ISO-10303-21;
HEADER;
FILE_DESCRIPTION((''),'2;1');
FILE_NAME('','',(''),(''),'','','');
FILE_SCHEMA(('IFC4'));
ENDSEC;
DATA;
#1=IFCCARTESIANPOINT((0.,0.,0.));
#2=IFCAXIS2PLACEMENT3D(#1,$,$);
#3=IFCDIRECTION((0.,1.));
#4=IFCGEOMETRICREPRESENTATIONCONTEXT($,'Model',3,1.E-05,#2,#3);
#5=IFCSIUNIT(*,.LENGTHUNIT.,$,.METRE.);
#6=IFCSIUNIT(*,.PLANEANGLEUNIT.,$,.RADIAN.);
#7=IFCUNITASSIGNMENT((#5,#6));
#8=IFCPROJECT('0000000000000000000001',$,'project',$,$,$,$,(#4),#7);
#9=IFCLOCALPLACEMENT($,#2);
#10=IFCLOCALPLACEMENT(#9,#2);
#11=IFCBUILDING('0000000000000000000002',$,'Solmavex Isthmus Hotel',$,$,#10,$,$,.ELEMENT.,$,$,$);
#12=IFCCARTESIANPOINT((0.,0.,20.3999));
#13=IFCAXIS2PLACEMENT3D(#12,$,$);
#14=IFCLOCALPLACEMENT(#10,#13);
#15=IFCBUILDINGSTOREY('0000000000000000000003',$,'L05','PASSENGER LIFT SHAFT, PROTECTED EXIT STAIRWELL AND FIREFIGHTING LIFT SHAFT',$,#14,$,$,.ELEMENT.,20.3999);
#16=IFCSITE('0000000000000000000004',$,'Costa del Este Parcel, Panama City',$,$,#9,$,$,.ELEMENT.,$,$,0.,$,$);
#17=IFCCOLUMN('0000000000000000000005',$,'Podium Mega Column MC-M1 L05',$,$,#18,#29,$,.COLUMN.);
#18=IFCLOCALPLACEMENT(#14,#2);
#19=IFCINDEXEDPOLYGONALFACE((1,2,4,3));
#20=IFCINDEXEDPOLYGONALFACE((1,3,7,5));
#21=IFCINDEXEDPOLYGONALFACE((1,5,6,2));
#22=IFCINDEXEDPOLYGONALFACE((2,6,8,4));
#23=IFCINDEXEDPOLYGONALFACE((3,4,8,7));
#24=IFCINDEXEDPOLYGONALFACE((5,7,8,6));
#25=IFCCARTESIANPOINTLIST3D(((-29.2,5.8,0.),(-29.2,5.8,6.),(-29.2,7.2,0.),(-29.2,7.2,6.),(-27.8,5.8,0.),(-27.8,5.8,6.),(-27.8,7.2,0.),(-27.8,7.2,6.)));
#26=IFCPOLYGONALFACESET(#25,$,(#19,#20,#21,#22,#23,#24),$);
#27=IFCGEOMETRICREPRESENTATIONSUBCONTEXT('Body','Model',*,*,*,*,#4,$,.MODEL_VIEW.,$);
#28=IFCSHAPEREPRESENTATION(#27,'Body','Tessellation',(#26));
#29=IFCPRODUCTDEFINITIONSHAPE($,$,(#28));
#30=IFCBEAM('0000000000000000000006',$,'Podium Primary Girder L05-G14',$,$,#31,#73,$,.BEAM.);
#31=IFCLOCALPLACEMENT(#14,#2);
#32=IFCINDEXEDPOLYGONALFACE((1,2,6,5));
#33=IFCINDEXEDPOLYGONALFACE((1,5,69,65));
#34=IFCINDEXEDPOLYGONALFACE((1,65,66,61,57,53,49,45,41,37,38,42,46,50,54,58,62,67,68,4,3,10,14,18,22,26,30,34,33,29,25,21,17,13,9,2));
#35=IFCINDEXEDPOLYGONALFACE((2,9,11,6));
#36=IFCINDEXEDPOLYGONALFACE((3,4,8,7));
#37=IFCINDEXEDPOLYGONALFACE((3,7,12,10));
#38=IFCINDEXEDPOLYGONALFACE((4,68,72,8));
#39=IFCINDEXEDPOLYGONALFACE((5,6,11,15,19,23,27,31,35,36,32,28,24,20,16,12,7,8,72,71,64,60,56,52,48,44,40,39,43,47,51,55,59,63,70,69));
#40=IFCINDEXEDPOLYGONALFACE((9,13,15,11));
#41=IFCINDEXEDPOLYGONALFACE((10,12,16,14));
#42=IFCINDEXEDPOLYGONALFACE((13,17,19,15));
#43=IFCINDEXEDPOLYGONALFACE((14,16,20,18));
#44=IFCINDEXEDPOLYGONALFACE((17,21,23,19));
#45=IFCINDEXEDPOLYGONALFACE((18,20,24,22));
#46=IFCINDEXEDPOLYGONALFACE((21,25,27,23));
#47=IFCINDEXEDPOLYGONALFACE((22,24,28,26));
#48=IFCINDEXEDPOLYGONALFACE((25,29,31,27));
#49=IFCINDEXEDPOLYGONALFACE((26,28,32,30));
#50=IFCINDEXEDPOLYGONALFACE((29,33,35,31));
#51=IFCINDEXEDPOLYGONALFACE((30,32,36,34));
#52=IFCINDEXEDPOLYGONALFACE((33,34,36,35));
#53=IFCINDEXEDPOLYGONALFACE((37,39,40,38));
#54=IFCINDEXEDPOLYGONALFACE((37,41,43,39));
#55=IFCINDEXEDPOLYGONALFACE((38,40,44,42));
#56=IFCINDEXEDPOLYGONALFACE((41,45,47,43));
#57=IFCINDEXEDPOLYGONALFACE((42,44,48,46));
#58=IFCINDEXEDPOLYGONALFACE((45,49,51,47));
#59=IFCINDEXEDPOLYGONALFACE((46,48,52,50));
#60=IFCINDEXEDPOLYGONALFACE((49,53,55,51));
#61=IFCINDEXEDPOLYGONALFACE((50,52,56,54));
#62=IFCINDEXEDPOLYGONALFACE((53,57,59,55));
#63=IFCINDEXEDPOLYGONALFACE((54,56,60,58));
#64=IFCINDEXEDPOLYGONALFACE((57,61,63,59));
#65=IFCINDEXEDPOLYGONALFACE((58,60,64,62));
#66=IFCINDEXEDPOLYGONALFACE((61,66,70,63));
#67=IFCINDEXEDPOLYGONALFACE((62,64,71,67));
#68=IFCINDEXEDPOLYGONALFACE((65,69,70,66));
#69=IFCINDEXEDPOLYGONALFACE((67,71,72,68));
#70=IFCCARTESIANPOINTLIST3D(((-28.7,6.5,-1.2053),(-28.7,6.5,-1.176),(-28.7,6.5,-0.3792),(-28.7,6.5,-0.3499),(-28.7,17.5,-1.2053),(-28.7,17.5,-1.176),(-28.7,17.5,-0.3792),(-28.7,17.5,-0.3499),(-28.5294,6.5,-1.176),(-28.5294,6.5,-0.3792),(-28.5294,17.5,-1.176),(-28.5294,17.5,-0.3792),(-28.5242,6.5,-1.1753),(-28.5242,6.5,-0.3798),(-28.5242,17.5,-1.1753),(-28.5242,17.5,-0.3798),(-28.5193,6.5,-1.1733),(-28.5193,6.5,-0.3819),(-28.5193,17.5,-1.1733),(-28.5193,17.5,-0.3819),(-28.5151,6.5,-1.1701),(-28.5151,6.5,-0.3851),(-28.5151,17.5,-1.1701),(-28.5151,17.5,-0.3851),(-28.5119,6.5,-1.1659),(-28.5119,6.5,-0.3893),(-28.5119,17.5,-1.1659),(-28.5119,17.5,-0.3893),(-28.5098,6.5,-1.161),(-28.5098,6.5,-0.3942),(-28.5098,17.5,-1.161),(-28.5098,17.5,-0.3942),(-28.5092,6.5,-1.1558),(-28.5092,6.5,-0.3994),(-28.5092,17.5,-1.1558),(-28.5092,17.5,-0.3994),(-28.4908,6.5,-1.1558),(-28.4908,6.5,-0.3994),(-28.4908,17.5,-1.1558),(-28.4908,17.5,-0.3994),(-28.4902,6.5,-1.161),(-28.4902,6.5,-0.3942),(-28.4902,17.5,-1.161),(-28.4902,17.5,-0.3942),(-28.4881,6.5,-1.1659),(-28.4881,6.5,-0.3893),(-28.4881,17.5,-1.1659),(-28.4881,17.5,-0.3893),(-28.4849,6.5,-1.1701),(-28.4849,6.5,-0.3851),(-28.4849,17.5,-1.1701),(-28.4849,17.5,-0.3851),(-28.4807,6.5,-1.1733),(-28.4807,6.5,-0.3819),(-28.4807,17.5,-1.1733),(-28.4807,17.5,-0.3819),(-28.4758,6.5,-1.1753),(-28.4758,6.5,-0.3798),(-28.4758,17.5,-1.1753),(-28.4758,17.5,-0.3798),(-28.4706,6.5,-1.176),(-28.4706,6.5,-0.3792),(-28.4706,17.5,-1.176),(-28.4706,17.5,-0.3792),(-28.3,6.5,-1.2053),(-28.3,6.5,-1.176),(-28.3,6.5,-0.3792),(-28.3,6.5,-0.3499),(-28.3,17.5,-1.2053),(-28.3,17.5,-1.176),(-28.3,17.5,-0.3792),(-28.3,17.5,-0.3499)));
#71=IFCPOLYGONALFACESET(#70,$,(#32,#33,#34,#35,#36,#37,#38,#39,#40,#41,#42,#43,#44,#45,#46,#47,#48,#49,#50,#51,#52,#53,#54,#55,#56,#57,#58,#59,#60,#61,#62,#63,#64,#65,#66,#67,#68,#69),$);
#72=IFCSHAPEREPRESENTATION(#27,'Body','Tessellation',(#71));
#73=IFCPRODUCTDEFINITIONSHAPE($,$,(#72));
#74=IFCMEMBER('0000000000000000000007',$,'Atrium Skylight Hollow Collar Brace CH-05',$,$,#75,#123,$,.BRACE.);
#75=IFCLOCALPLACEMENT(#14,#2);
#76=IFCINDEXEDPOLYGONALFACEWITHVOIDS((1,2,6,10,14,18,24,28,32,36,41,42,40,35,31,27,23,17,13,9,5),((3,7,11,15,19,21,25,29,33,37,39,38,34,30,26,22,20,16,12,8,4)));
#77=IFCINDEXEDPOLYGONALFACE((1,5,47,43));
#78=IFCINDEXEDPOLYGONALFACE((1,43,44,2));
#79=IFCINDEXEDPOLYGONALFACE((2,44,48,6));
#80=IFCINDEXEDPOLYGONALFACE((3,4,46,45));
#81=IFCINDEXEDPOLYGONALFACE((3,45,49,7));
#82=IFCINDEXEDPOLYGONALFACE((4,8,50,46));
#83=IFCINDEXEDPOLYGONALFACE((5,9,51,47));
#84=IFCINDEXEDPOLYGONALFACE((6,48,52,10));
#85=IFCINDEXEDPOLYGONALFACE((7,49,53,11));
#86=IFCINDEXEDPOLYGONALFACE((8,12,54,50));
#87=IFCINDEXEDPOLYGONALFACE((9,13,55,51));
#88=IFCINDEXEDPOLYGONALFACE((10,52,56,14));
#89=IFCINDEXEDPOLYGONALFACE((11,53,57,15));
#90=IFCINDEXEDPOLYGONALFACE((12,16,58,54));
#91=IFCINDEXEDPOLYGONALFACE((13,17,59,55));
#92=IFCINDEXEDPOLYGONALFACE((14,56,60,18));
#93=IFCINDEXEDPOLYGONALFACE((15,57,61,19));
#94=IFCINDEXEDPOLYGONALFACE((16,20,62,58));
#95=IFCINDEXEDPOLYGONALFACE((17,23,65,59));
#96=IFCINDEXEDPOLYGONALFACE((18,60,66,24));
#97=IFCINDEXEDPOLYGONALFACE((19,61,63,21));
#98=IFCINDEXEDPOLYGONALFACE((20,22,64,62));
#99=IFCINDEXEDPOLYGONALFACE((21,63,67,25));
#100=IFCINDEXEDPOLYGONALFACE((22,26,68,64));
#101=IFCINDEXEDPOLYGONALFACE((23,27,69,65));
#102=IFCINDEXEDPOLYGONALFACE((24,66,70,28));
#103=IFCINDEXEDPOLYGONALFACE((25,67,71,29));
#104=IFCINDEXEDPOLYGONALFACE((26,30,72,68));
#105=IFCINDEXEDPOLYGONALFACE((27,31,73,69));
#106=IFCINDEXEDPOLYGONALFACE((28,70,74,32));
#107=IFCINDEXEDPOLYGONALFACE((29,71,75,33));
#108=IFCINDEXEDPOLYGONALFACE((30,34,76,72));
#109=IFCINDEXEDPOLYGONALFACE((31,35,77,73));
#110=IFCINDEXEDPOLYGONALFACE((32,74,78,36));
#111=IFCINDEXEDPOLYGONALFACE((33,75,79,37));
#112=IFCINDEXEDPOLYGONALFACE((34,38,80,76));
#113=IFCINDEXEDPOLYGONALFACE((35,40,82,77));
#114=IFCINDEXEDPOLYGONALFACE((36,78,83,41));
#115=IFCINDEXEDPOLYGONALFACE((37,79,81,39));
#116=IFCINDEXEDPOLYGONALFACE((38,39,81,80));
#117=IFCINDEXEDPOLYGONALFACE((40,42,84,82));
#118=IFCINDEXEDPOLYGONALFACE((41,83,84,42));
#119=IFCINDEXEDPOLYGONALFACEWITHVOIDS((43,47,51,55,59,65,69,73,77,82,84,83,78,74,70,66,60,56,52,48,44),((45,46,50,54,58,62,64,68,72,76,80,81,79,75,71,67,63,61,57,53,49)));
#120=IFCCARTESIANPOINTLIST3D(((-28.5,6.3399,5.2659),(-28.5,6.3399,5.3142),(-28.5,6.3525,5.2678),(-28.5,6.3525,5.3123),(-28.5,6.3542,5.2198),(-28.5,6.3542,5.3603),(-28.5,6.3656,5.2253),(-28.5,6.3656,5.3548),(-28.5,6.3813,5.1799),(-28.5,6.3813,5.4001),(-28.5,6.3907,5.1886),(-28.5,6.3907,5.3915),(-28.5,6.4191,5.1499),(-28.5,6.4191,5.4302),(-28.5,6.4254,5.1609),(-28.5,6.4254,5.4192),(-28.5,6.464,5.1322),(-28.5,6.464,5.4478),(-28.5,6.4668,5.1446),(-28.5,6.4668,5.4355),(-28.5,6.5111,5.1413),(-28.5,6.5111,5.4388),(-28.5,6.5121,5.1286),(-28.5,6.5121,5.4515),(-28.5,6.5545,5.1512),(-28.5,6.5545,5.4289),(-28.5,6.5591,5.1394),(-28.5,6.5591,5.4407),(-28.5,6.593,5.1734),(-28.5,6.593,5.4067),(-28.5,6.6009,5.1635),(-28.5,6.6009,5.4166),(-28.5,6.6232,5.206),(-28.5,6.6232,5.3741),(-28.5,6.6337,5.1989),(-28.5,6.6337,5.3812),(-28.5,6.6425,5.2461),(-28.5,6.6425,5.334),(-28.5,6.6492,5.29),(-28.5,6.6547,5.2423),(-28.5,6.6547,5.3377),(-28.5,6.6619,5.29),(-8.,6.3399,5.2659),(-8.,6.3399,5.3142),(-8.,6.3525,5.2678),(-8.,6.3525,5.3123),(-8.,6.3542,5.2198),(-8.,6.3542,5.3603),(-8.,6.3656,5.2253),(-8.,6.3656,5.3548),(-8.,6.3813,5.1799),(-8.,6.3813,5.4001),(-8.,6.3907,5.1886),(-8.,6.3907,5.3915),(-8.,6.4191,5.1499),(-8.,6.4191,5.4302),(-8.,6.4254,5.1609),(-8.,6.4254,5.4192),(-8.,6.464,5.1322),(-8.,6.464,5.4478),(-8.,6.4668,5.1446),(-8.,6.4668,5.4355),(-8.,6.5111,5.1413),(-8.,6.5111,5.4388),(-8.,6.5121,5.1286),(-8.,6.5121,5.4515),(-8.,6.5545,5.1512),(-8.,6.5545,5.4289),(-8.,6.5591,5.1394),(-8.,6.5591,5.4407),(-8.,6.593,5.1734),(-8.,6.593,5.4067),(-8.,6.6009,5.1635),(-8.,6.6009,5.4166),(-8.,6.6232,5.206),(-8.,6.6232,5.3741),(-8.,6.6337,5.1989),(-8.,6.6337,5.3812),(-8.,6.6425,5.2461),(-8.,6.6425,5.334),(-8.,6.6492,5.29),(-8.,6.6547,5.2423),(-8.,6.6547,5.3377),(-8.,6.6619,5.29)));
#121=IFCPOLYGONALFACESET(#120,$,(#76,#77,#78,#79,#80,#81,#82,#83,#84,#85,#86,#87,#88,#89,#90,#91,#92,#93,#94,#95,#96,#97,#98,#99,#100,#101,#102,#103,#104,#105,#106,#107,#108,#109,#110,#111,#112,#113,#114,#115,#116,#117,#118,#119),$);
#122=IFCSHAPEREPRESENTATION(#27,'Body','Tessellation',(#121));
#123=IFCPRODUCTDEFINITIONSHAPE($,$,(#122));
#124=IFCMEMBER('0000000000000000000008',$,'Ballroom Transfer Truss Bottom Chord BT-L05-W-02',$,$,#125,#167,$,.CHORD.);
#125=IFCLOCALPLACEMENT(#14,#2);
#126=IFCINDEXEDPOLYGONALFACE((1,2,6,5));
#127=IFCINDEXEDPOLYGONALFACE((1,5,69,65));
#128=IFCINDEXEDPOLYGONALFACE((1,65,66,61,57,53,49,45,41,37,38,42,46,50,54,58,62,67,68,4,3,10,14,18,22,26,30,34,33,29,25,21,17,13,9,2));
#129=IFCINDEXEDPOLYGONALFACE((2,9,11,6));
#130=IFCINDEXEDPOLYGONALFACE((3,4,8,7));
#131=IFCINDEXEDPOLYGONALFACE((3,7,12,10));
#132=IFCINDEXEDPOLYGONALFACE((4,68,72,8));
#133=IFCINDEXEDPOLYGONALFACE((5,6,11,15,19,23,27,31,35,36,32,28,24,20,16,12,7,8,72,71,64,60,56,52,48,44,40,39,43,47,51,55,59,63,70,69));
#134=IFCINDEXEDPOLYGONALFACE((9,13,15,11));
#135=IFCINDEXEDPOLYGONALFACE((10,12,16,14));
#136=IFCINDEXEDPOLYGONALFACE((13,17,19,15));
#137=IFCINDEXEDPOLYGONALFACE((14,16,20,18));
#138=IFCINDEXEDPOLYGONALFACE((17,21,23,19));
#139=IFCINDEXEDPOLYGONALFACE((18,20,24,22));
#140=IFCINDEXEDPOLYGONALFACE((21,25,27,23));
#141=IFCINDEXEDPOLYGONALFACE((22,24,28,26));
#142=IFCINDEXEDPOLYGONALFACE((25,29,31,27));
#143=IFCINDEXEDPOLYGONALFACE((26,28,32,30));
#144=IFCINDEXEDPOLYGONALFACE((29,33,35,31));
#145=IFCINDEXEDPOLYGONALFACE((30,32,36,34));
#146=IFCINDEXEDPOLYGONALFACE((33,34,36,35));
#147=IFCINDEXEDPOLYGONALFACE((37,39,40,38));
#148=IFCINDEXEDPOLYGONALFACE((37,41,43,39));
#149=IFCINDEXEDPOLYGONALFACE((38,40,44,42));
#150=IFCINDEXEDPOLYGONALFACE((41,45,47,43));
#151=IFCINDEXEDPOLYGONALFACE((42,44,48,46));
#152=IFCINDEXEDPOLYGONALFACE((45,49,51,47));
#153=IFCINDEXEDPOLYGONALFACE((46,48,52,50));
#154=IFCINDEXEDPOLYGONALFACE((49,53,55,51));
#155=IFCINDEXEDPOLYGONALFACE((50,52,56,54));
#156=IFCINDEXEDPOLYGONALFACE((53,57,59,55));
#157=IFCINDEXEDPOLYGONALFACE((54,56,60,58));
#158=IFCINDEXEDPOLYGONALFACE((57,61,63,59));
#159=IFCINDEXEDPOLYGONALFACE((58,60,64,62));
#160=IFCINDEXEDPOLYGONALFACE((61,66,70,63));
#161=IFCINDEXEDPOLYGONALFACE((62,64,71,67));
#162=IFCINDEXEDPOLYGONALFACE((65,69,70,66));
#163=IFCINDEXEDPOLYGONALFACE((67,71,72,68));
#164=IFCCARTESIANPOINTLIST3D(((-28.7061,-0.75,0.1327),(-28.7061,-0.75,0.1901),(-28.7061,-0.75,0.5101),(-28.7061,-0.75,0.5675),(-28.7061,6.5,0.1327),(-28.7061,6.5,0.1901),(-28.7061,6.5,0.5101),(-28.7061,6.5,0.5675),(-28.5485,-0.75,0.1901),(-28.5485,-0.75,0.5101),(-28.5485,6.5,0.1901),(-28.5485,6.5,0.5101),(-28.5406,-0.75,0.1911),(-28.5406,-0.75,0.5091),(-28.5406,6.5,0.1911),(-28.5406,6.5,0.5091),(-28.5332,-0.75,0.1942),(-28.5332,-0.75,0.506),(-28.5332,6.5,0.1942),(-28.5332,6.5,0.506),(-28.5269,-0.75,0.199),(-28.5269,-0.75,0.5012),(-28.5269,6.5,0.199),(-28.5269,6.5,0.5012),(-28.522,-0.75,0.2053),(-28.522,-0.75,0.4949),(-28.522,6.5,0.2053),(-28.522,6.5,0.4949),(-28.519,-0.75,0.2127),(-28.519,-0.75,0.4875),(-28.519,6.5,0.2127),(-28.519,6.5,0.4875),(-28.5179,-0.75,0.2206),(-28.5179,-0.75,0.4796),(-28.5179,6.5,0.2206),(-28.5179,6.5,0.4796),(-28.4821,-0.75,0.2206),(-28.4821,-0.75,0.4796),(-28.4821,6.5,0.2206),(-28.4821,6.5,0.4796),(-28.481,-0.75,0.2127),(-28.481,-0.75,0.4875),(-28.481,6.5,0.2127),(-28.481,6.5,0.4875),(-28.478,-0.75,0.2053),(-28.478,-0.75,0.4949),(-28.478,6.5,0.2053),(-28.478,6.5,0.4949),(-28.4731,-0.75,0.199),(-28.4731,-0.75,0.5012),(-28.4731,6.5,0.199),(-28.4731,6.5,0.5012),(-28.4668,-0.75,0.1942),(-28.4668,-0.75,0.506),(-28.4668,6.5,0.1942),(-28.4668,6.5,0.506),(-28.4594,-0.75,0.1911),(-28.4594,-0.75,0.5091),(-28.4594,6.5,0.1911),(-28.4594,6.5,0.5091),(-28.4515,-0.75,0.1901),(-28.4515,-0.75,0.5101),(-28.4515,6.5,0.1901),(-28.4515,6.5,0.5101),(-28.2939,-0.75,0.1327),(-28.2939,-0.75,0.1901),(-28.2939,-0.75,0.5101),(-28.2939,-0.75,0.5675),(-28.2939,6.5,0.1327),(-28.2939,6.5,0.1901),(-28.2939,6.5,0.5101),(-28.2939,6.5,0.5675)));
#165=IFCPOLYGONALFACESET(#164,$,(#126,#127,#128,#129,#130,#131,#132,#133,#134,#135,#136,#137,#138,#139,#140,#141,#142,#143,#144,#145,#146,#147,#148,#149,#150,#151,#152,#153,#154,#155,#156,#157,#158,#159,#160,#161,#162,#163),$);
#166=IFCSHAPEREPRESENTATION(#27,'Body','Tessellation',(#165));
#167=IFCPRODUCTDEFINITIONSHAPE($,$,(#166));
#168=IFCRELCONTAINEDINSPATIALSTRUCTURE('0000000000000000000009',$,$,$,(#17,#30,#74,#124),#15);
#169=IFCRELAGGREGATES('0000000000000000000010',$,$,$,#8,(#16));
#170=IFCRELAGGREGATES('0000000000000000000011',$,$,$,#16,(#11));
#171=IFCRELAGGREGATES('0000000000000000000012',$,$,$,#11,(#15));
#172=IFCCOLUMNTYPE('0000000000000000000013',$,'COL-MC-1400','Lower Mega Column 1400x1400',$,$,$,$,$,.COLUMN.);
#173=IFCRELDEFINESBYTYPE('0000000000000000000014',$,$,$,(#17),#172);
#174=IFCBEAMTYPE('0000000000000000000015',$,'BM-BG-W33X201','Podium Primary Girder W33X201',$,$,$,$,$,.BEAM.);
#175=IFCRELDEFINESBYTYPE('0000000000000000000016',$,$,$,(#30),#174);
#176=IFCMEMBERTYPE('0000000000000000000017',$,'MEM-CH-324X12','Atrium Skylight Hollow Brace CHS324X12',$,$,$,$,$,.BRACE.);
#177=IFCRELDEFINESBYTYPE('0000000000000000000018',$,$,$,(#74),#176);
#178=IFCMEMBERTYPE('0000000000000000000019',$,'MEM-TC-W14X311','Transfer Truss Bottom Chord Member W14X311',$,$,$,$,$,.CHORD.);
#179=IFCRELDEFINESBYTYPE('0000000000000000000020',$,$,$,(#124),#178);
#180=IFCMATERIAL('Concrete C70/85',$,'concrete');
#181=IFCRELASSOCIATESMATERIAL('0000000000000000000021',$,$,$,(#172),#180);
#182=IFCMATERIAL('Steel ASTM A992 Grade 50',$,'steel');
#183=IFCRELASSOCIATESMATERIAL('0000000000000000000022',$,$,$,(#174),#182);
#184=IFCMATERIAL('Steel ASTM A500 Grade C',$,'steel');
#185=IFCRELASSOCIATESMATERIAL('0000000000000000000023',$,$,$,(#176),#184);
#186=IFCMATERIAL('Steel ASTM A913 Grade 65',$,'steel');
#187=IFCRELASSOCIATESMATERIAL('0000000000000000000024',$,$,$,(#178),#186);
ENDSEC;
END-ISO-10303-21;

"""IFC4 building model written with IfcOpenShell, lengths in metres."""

from ifc_helpers import new_model, si_unit, direction, frame, origin, origin_2d, place, context, subcontext, project, spatial, rectangle, hollow_circle, i_section, extrude, material, material_profile, profile_set, type_object, element, save


model = new_model("IFC4")

# Units and contexts
model_context = context("Model", 3, precision=1e-05, world=origin(), true_north=direction((0.0, 1.0)))
body_context = subcontext(model_context, "Body", "Model", "MODEL_VIEW")
ifc_project = project(units=[si_unit("LENGTHUNIT", "METRE"), si_unit("PLANEANGLEUNIT", "RADIAN")], contexts=[model_context])

# Site, building, storey
site_placement = place(None, origin())
site = spatial("IfcSite", under=ifc_project, at=site_placement, Name="Costa del Este Parcel, Panama City", CompositionType="ELEMENT", RefElevation=0.0)
building_placement = place(site_placement, origin())
building = spatial("IfcBuilding", under=site, at=building_placement, Name="Solmavex Isthmus Hotel", CompositionType="ELEMENT")
storey_placement = place(building_placement, frame((0.0, 0.0, 20.3999)))
storey = spatial("IfcBuildingStorey", under=building, at=storey_placement, Name="L05", Description="PASSENGER LIFT SHAFT, PROTECTED EXIT STAIRWELL AND FIREFIGHTING LIFT SHAFT", CompositionType="ELEMENT", Elevation=20.3999)

# Column
ifc_material_1 = material(Name="Concrete C70/85", Category="concrete")
ifc_material_profile_1 = material_profile(ifc_material_1, rectangle(XDim=1.3999, YDim=1.3999, at=origin_2d()), Name="RC1400X1400")
ifc_profile_set_1 = profile_set([ifc_material_profile_1], Name="Concrete C70/85")
column_type = type_object("IfcColumnType", Name="COL-MC-1400", Description="Lower Mega Column 1400x1400", PredefinedType="COLUMN", material=ifc_profile_set_1)
column_placement = place(storey_placement, frame((-28.5, 6.5, 0.0), z_axis=(0.0, 0.0, 1.0), x_axis=(1.0, 0.0, 0.0)))
element("IfcColumn", 1, at=column_placement, inside=storey, type_object=column_type, Name="Podium Mega Column MC-M1 L05", PredefinedType="COLUMN", context=body_context, shape_type="SweptSolid", body=[
    extrude(rectangle(XDim=1.3999, YDim=1.3999, at=origin_2d()), origin(), (0.0, 0.0, 1.0), 6.0),
])

# Beam
ifc_material_2 = material(Name="Steel ASTM A992 Grade 50", Category="steel")
ifc_material_profile_2 = material_profile(ifc_material_2, i_section(OverallWidth=0.3999, OverallDepth=0.8555, WebThickness=0.0183, FlangeThickness=0.0293, FilletRadius=0.0203, at=origin_2d()), Name="W33X201")
ifc_profile_set_2 = profile_set([ifc_material_profile_2], Name="Steel ASTM A992 Grade 50")
beam_type = type_object("IfcBeamType", Name="BM-BG-W33X201", Description="Podium Primary Girder W33X201", PredefinedType="BEAM", material=ifc_profile_set_2)
beam_placement = place(storey_placement, frame((-28.5, 6.5, -0.7776), z_axis=(0.0, 1.0, 0.0), x_axis=(-1.0, 0.0, 0.0)))
element("IfcBeam", 2, at=beam_placement, inside=storey, type_object=beam_type, Name="Podium Primary Girder L05-G14", PredefinedType="BEAM", context=body_context, shape_type="SweptSolid", body=[
    extrude(i_section(OverallWidth=0.3999, OverallDepth=0.8555, WebThickness=0.0183, FlangeThickness=0.0293, FilletRadius=0.0203, at=origin_2d()), origin(), (0.0, 0.0, 1.0), 11.0),
])

# Members
ifc_material_3 = material(Name="Steel ASTM A500 Grade C", Category="steel")
ifc_material_profile_3 = material_profile(ifc_material_3, hollow_circle(Radius=0.1619, WallThickness=0.0127, at=origin_2d()), Name="CHS324X12")
ifc_profile_set_3 = profile_set([ifc_material_profile_3], Name="Steel ASTM A500 Grade C")
member_type_1 = type_object("IfcMemberType", Name="MEM-CH-324X12", Description="Atrium Skylight Hollow Brace CHS324X12", PredefinedType="BRACE", material=ifc_profile_set_3)
member_1_placement = place(storey_placement, frame((-28.5, 6.5, 5.29), z_axis=(1.0, 0.0, 0.0), x_axis=(0.0, 1.0, 0.0)))
element("IfcMember", 3, at=member_1_placement, inside=storey, type_object=member_type_1, Name="Atrium Skylight Hollow Collar Brace CH-05", PredefinedType="BRACE", context=body_context, shape_type="SweptSolid", body=[
    extrude(hollow_circle(Radius=0.1619, WallThickness=0.0127, at=origin_2d()), origin(), (0.0, 0.0, 1.0), 20.5),
])
ifc_material_4 = material(Name="Steel ASTM A913 Grade 65", Category="steel")
ifc_material_profile_4 = material_profile(ifc_material_4, i_section(OverallWidth=0.4121, OverallDepth=0.4348, WebThickness=0.0359, FlangeThickness=0.0574, FilletRadius=0.0305, at=origin_2d()), Name="W14X311")
ifc_profile_set_4 = profile_set([ifc_material_profile_4], Name="Steel ASTM A913 Grade 65")
member_type_2 = type_object("IfcMemberType", Name="MEM-TC-W14X311", Description="Transfer Truss Bottom Chord Member W14X311", PredefinedType="CHORD", material=ifc_profile_set_4)
member_2_placement = place(storey_placement, frame((-28.5, -0.75, 0.3501), z_axis=(0.0, 1.0, 0.0), x_axis=(-1.0, 0.0, 0.0)))
element("IfcMember", 4, at=member_2_placement, inside=storey, type_object=member_type_2, Name="Ballroom Transfer Truss Bottom Chord BT-L05-W-02", PredefinedType="CHORD", context=body_context, shape_type="SweptSolid", body=[
    extrude(i_section(OverallWidth=0.4121, OverallDepth=0.4348, WebThickness=0.0359, FlangeThickness=0.0574, FilletRadius=0.0305, at=origin_2d()), origin(), (0.0, 0.0, 1.0), 7.25),
])

save(model, "model.ifc")
